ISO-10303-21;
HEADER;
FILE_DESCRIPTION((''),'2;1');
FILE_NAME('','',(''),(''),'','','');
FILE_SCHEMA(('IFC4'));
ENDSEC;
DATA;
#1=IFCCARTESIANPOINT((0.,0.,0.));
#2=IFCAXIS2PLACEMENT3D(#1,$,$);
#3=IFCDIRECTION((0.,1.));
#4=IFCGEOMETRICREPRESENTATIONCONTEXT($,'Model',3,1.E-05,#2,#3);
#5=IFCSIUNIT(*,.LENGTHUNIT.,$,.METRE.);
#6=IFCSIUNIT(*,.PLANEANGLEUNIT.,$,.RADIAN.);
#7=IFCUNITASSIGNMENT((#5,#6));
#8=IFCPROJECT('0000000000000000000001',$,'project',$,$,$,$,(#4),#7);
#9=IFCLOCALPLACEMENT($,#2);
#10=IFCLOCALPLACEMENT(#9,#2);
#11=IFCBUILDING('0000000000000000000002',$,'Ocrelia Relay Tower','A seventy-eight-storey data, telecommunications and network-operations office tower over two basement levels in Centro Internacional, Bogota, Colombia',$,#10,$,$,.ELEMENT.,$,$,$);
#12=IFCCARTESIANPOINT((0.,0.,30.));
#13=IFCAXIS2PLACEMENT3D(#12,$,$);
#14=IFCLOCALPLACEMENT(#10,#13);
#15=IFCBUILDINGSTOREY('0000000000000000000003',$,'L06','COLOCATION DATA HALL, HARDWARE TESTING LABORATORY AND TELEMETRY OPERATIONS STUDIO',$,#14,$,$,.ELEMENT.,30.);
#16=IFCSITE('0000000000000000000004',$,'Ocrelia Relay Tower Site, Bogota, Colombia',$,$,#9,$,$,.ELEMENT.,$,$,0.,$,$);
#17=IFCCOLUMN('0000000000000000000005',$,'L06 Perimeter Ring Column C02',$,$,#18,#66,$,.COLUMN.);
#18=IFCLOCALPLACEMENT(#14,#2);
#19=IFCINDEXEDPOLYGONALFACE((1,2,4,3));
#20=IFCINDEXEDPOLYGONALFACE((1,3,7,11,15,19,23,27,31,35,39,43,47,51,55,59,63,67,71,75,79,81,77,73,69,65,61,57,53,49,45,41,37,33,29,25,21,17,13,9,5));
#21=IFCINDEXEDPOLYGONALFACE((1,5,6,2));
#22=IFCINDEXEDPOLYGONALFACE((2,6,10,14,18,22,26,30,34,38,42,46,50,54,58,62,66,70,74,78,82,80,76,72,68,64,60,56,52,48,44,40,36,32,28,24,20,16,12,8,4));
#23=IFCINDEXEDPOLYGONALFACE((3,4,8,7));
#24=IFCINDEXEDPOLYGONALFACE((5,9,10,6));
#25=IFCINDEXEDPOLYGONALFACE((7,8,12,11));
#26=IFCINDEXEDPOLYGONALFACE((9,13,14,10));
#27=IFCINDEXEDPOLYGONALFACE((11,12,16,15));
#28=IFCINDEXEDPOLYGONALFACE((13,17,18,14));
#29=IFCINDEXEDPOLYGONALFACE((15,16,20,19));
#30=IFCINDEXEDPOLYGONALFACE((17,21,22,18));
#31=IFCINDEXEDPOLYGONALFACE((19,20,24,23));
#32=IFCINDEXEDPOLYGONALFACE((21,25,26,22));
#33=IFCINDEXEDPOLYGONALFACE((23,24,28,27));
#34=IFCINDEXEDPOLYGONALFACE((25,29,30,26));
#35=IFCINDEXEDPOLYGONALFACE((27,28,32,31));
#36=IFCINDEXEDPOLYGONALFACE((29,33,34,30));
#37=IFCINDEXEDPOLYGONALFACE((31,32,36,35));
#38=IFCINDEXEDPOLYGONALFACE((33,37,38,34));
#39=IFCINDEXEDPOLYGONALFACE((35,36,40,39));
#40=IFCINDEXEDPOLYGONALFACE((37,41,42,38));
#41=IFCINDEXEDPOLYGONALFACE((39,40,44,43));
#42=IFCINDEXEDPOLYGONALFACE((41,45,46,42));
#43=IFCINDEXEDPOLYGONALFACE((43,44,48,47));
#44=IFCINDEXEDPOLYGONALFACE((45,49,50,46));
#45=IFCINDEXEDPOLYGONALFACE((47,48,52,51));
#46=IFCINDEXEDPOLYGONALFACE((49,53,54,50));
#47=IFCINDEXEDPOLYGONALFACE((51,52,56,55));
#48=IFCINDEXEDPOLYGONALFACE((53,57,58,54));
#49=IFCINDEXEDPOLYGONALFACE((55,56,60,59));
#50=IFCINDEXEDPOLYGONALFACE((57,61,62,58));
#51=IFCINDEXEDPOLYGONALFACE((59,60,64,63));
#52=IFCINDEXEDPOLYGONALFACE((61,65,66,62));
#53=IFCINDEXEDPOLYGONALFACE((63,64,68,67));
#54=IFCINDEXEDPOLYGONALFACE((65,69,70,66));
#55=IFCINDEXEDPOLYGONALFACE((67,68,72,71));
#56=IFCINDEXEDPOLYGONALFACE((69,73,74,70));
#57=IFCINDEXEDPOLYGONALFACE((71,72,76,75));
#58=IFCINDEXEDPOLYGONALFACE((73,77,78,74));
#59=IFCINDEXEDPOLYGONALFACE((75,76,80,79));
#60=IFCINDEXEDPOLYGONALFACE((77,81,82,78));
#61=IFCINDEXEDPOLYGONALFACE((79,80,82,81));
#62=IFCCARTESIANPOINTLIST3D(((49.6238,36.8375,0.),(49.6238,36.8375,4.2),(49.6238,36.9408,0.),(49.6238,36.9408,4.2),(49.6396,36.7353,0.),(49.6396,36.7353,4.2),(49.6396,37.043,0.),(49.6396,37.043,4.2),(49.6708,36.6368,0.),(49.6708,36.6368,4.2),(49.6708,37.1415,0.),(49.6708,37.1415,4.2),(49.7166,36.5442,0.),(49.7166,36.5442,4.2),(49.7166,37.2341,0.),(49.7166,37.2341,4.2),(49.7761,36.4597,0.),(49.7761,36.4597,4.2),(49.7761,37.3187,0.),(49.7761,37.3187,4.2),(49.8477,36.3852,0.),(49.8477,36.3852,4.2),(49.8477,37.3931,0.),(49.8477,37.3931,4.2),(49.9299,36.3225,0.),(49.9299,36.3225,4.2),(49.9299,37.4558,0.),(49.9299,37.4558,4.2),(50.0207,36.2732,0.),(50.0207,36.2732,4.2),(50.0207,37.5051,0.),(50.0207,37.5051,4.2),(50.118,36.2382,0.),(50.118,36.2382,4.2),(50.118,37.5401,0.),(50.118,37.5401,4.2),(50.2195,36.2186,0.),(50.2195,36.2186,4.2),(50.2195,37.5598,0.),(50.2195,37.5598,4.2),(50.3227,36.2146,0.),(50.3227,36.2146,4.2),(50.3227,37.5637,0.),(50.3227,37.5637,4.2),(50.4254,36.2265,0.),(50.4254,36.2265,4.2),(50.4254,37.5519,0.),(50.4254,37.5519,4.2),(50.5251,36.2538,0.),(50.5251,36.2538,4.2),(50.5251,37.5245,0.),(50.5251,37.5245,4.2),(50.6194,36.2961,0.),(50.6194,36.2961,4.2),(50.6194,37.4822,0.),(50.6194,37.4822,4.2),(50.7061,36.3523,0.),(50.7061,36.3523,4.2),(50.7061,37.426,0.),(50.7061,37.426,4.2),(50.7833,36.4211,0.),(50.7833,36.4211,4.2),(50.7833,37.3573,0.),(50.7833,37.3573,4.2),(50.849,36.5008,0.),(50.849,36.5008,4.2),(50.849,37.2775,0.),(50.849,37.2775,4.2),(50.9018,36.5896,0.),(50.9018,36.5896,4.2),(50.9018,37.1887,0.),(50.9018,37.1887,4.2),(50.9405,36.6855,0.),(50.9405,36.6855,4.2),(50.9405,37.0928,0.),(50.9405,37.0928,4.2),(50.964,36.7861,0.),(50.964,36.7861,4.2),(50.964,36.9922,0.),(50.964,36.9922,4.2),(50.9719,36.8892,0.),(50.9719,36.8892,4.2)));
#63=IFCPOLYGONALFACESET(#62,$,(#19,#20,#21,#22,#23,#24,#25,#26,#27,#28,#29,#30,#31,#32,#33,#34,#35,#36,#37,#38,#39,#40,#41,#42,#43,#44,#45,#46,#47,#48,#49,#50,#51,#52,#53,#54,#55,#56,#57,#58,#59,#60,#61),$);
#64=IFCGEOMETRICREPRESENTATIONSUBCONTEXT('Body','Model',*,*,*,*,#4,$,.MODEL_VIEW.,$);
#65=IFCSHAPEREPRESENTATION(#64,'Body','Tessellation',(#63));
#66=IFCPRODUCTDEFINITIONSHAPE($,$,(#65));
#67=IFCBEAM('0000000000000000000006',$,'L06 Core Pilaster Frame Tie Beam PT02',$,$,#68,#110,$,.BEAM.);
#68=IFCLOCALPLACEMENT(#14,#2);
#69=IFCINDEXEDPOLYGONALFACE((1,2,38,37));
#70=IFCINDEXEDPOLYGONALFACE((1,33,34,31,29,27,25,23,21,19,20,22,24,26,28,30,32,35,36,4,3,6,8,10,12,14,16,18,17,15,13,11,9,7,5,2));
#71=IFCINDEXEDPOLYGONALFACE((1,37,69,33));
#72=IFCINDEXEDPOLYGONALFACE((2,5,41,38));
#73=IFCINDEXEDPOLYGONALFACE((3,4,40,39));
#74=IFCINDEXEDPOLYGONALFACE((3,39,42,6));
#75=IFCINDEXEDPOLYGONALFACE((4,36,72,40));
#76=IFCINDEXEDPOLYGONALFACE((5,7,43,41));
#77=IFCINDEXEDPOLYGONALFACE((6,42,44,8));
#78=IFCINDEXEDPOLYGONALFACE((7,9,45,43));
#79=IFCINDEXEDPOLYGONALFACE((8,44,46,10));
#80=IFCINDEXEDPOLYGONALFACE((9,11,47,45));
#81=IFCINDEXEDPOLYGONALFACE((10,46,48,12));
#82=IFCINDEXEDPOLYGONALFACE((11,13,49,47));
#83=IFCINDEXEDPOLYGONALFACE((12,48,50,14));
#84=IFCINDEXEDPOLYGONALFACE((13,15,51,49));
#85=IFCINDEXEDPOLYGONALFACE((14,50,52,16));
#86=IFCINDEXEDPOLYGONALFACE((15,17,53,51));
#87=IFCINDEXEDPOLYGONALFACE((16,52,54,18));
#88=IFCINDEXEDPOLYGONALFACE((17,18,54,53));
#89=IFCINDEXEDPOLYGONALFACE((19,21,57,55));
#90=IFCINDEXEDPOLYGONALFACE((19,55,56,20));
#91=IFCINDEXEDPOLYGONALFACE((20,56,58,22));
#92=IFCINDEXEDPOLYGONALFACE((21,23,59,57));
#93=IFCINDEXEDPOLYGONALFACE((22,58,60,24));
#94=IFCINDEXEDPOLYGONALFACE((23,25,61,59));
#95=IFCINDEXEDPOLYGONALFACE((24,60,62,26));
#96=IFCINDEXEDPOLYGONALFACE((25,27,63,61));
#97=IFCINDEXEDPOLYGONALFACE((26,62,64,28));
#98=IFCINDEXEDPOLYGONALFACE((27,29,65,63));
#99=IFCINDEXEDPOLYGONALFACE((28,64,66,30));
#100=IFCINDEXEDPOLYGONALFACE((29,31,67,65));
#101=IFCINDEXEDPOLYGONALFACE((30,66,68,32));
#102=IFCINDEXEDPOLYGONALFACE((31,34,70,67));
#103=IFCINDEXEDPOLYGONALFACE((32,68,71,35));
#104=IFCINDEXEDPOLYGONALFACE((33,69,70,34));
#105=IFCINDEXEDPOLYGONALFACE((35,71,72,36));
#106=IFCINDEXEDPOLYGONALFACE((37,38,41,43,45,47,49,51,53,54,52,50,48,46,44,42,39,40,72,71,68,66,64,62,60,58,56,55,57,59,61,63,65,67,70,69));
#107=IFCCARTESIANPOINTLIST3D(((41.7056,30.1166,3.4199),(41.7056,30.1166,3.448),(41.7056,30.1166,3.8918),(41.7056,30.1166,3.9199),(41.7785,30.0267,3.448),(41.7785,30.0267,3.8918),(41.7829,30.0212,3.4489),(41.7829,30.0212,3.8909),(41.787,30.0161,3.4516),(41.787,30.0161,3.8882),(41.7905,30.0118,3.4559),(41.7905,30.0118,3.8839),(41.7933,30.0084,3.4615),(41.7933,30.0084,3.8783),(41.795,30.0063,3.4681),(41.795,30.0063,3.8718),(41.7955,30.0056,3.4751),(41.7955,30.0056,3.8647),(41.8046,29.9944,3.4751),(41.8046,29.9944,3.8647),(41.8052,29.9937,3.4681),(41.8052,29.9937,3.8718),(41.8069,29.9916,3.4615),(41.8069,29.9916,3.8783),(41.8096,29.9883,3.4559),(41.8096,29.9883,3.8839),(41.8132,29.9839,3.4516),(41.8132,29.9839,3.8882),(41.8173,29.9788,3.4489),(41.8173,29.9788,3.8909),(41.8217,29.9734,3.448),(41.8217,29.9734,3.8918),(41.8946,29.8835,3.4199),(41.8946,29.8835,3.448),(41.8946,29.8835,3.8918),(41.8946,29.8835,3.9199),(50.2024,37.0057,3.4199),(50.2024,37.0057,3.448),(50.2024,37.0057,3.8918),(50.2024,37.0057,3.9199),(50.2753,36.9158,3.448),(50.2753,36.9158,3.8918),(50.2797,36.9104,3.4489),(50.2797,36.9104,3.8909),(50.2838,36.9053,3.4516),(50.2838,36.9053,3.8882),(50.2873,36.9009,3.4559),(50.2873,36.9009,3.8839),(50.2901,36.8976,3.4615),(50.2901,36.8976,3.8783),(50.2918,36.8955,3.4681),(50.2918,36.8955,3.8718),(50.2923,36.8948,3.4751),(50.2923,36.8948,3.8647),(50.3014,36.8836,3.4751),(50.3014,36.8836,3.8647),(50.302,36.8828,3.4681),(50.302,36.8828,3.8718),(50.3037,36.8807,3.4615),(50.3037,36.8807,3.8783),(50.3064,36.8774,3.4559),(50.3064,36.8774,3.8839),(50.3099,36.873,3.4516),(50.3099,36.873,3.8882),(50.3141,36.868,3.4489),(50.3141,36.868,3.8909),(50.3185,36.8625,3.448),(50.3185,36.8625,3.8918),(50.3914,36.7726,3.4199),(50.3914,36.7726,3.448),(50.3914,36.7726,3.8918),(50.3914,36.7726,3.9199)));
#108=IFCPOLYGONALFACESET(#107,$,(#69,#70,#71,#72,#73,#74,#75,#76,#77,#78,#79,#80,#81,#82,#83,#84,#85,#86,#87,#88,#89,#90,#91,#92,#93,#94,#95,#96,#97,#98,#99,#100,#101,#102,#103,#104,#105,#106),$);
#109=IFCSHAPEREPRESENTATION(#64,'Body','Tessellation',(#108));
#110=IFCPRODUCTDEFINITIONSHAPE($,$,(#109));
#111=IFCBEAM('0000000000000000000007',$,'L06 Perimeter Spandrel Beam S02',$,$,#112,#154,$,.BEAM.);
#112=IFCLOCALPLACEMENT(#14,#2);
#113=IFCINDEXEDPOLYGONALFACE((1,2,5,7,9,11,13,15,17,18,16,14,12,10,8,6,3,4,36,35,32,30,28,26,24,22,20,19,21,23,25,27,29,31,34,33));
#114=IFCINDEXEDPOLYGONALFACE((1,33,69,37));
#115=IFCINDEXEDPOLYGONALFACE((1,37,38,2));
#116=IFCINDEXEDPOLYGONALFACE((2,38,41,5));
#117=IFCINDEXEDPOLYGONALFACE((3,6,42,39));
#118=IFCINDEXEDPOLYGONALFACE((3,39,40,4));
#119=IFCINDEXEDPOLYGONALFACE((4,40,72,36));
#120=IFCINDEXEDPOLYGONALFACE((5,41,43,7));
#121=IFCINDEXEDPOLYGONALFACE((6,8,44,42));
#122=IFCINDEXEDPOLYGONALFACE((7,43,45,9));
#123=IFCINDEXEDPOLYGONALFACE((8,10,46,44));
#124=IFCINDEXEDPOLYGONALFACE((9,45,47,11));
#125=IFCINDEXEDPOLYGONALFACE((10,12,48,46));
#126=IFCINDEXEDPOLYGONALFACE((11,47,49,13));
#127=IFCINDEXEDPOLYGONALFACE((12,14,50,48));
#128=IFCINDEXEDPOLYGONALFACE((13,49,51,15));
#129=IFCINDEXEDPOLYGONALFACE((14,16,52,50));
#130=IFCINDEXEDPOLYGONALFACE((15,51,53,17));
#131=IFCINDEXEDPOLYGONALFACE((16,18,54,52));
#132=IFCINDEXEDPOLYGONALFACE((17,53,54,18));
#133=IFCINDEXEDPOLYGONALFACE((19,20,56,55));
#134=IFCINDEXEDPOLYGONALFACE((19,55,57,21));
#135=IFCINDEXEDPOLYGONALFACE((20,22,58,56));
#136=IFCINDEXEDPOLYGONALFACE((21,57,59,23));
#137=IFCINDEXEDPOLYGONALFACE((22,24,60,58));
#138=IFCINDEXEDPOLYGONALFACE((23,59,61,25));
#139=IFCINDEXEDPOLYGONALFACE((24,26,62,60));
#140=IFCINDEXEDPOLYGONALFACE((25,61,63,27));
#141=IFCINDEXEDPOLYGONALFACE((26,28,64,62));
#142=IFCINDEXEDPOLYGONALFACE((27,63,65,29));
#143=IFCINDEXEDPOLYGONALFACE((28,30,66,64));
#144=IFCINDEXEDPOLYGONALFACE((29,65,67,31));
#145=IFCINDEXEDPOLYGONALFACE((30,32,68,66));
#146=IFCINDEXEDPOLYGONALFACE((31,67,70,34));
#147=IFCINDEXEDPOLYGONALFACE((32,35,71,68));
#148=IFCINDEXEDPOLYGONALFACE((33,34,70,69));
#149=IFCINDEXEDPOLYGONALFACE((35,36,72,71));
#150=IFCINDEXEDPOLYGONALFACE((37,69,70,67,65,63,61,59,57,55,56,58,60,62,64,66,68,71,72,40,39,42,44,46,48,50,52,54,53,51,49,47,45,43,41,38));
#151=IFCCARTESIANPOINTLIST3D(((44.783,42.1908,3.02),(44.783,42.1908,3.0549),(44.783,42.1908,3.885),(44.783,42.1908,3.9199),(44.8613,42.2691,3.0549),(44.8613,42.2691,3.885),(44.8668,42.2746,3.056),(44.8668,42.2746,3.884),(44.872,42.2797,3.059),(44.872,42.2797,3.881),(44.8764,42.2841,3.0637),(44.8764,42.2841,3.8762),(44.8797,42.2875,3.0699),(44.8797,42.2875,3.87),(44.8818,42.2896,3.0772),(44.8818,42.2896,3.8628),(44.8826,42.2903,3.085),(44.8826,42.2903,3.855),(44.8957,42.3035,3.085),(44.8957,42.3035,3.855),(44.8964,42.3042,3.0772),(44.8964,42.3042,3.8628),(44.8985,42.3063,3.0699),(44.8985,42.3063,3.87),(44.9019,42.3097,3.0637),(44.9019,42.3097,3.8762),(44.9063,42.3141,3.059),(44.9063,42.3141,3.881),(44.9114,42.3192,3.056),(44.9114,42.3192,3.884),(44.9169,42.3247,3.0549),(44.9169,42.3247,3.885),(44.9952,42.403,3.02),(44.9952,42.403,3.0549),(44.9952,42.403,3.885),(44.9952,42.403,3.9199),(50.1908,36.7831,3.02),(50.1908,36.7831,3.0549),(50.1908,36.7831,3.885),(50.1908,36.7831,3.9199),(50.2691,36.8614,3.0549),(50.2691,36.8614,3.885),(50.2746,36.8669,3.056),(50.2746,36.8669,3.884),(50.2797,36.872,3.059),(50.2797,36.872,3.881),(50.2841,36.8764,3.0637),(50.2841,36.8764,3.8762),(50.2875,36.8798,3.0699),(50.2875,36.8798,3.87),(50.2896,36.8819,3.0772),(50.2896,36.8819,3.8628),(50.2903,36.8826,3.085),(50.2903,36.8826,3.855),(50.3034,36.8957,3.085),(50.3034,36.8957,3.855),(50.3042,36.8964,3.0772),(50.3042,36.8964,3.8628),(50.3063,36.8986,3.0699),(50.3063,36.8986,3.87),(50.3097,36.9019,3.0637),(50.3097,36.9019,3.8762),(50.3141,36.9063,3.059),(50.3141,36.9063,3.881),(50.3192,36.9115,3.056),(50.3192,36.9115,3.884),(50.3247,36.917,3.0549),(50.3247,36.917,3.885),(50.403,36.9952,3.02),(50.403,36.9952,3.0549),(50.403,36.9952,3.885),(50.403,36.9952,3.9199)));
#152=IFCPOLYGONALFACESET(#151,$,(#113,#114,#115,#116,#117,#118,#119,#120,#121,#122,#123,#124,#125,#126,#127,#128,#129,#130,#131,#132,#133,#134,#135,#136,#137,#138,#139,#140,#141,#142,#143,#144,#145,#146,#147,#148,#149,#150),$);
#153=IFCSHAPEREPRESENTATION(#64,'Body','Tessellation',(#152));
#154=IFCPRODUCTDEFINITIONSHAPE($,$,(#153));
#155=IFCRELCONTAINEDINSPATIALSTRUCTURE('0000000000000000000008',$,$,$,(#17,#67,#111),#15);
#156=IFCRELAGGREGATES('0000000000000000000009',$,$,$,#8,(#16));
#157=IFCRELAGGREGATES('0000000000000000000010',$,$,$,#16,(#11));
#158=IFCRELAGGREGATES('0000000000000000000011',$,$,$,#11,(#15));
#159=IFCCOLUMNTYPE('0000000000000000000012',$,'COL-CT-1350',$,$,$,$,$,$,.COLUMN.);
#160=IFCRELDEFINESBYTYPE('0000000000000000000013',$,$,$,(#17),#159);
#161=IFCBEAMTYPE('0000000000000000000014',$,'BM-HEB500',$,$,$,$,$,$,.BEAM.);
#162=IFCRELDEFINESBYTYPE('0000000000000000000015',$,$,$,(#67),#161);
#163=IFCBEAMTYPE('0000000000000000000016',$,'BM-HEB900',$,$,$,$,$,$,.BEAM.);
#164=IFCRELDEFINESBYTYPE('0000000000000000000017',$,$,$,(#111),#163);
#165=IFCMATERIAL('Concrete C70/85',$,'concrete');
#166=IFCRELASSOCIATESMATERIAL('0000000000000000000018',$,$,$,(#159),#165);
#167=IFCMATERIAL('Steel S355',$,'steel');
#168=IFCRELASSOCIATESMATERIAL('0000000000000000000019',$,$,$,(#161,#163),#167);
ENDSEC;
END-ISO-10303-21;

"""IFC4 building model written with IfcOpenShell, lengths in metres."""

from ifc_helpers import new_model, si_unit, direction, frame, origin, origin_2d, place, context, subcontext, project, spatial, circle, i_section, extrude, material, material_profile, profile_set, type_object, element, save


model = new_model("IFC4")

# Units and contexts
model_context = context("Model", 3, precision=1e-05, world=origin(), true_north=direction((0.0, 1.0)))
body_context = subcontext(model_context, "Body", "Model", "MODEL_VIEW")
ifc_project = project(units=[si_unit("LENGTHUNIT", "METRE"), si_unit("PLANEANGLEUNIT", "RADIAN")], contexts=[model_context])

# Site, building, storey
site_placement = place(None, origin())
site = spatial("IfcSite", under=ifc_project, at=site_placement, Name="Ocrelia Relay Tower Site, Bogota, Colombia", CompositionType="ELEMENT", RefElevation=0.0)
building_placement = place(site_placement, origin())
building = spatial("IfcBuilding", under=site, at=building_placement, Name="Ocrelia Relay Tower", Description="A seventy-eight-storey data, telecommunications and network-operations office tower over two basement levels in Centro Internacional, Bogota, Colombia", CompositionType="ELEMENT")
storey_placement = place(building_placement, frame((0.0, 0.0, 30.0)))
storey = spatial("IfcBuildingStorey", under=building, at=storey_placement, Name="L06", Description="COLOCATION DATA HALL, HARDWARE TESTING LABORATORY AND TELEMETRY OPERATIONS STUDIO", CompositionType="ELEMENT", Elevation=30.0)

# Column
ifc_material_1 = material(Name="Concrete C70/85", Category="concrete")
ifc_material_profile_1 = material_profile(ifc_material_1, circle(Radius=0.675, at=origin_2d()), Name="RC-CIR-1350")
ifc_profile_set_1 = profile_set([ifc_material_profile_1], Name="Concrete C70/85")
column_type = type_object("IfcColumnType", Name="COL-CT-1350", PredefinedType="COLUMN", material=ifc_profile_set_1)
column_placement = place(storey_placement, frame((50.2969, 36.8892, 0.0), z_axis=(0.0, 0.0, 1.0), x_axis=(1.0, 0.0, 0.0)))
element("IfcColumn", 1, at=column_placement, inside=storey, type_object=column_type, Name="L06 Perimeter Ring Column C02", PredefinedType="COLUMN", context=body_context, shape_type="SweptSolid", body=[
    extrude(circle(Radius=0.675, at=origin_2d()), origin(), (0.0, 0.0, 1.0), 4.2),
])

# Beams
ifc_material_2 = material(Name="Steel S355", Category="steel")
ifc_material_profile_2 = material_profile(ifc_material_2, i_section(OverallWidth=0.3, OverallDepth=0.5, WebThickness=0.0144, FlangeThickness=0.0281, FilletRadius=0.0271, at=origin_2d()), Name="HEB 500")
ifc_profile_set_2 = profile_set([ifc_material_profile_2], Name="Steel S355")
beam_type_1 = type_object("IfcBeamType", Name="BM-HEB500", PredefinedType="BEAM", material=ifc_profile_set_2)
beam_1_placement = place(storey_placement, frame((50.2969, 36.8892, 3.6699), z_axis=(-0.776763, -0.629793, 0.0), x_axis=(0.629793, -0.776763, 0.0)))
element("IfcBeam", 2, at=beam_1_placement, inside=storey, type_object=beam_type_1, Name="L06 Core Pilaster Frame Tie Beam PT02", PredefinedType="BEAM", context=body_context, shape_type="SweptSolid", body=[
    extrude(i_section(OverallWidth=0.3, OverallDepth=0.5, WebThickness=0.0144, FlangeThickness=0.0281, FilletRadius=0.0271, at=origin_2d()), origin(), (0.0, 0.0, 1.0), 10.9387),
])
ifc_material_profile_3 = material_profile(ifc_material_2, i_section(OverallWidth=0.3, OverallDepth=0.8999, WebThickness=0.0186, FlangeThickness=0.0349, FilletRadius=0.03, at=origin_2d()), Name="HEB 900")
ifc_profile_set_3 = profile_set([ifc_material_profile_3], Name="Steel S355")
beam_type_2 = type_object("IfcBeamType", Name="BM-HEB900", PredefinedType="BEAM", material=ifc_profile_set_3)
beam_2_placement = place(storey_placement, frame((50.2969, 36.8892, 3.47), z_axis=(-0.707107, 0.707107, 0.0), x_axis=(-0.707107, -0.707107, 0.0)))
element("IfcBeam", 3, at=beam_2_placement, inside=storey, type_object=beam_type_2, Name="L06 Perimeter Spandrel Beam S02", PredefinedType="BEAM", context=body_context, shape_type="SweptSolid", body=[
    extrude(i_section(OverallWidth=0.3, OverallDepth=0.8999, WebThickness=0.0186, FlangeThickness=0.0349, FilletRadius=0.03, at=origin_2d()), origin(), (0.0, 0.0, 1.0), 7.6477),
])

save(model, "model.ifc")
